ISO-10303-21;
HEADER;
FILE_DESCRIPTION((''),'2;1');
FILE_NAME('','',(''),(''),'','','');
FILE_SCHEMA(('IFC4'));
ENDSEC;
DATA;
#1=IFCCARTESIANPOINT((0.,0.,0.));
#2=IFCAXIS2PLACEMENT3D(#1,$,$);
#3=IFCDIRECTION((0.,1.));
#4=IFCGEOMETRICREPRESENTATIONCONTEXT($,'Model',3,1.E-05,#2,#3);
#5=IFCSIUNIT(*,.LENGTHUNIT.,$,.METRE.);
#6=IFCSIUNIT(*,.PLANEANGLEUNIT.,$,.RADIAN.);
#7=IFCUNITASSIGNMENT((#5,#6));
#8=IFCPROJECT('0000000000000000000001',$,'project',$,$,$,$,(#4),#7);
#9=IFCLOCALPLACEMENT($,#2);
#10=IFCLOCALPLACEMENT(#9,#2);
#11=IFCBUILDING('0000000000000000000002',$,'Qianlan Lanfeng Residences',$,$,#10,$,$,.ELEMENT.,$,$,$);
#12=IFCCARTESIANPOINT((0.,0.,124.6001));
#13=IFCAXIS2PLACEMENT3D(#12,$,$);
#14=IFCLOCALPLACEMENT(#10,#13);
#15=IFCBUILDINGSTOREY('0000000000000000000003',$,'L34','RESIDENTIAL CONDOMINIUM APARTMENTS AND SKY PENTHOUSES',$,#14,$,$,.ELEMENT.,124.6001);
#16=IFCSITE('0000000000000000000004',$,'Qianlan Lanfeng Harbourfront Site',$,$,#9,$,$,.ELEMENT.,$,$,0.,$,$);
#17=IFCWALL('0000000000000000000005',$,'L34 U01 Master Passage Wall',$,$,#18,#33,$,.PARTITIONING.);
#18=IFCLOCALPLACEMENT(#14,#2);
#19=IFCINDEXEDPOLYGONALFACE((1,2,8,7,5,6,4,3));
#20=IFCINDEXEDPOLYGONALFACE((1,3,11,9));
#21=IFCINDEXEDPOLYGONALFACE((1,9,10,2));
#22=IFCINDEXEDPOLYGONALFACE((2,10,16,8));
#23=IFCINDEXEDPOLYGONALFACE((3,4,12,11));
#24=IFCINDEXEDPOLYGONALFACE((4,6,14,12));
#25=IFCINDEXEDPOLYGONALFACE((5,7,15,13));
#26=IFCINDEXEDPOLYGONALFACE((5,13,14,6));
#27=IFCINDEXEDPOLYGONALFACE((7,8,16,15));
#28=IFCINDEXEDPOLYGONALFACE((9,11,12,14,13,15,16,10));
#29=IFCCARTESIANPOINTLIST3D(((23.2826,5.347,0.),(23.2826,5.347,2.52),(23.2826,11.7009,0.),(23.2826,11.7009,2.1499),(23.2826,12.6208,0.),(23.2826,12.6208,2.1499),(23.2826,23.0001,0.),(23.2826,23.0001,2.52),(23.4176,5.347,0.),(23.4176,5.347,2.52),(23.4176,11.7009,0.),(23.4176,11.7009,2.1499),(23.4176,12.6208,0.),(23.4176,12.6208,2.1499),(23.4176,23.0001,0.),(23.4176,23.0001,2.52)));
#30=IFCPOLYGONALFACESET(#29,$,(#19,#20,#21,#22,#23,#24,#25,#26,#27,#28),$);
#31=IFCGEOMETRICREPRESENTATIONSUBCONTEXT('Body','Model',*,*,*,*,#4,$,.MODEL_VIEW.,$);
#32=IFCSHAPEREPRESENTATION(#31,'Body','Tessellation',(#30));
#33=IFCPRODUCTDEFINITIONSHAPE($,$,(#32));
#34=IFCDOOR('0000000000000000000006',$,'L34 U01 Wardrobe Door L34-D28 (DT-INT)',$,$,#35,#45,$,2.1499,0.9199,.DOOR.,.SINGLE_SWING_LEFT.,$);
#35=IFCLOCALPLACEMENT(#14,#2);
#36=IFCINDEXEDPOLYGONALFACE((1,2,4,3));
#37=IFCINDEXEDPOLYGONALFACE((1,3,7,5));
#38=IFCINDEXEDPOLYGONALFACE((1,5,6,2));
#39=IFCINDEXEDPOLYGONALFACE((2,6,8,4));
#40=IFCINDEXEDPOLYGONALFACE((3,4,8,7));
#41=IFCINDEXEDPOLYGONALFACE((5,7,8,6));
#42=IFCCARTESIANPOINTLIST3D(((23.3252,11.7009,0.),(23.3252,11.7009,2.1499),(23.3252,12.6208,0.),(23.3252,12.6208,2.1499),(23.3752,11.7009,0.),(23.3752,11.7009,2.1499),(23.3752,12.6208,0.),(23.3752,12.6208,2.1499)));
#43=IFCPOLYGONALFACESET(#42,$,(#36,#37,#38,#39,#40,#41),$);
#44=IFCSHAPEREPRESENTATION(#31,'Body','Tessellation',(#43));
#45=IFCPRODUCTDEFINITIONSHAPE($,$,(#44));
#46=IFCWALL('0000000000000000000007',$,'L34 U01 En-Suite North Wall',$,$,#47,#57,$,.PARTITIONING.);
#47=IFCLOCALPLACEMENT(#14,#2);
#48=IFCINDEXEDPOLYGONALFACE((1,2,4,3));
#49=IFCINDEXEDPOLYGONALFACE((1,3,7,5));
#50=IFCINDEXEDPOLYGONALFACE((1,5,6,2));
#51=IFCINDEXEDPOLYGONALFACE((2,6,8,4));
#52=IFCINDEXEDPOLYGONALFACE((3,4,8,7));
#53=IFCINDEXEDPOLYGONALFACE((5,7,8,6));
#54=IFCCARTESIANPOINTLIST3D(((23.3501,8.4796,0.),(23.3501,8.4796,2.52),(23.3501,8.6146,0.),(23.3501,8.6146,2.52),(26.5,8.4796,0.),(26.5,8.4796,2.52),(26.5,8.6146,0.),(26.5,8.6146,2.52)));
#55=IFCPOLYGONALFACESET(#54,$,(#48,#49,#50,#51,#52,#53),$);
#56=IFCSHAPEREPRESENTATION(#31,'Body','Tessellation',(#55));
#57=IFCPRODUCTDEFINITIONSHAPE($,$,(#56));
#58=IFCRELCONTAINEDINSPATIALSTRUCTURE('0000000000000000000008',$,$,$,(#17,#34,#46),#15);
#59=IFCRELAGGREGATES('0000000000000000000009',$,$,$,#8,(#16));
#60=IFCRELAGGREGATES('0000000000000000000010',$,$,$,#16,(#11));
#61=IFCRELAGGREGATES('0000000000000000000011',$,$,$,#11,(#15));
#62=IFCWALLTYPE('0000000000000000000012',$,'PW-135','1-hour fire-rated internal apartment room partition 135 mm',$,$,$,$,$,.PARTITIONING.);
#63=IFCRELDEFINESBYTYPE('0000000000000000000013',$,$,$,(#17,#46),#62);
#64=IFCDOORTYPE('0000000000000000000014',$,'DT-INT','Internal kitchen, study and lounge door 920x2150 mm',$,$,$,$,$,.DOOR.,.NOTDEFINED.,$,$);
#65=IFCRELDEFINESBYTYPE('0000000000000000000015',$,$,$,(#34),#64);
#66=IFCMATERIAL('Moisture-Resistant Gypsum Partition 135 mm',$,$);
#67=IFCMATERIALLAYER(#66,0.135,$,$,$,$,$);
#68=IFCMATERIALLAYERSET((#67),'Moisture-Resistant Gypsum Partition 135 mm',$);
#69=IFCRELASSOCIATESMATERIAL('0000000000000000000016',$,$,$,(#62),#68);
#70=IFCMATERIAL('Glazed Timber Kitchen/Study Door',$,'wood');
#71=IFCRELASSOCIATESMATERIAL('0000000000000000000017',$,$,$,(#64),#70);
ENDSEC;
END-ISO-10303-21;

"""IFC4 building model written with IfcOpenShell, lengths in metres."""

from ifc_helpers import new_model, si_unit, direction, frame, frame_2d, origin, place, context, subcontext, project, spatial, rectangle, extrude, material, layer, layer_set, type_object, element, fill, save


model = new_model("IFC4")

# Units and contexts
model_context = context("Model", 3, precision=1e-05, world=origin(), true_north=direction((0.0, 1.0)))
body_context = subcontext(model_context, "Body", "Model", "MODEL_VIEW")
ifc_project = project(units=[si_unit("LENGTHUNIT", "METRE"), si_unit("PLANEANGLEUNIT", "RADIAN")], contexts=[model_context])

# Site, building, storey
site_placement = place(None, origin())
site = spatial("IfcSite", under=ifc_project, at=site_placement, Name="Qianlan Lanfeng Harbourfront Site", CompositionType="ELEMENT", RefElevation=0.0)
building_placement = place(site_placement, origin())
building = spatial("IfcBuilding", under=site, at=building_placement, Name="Qianlan Lanfeng Residences", CompositionType="ELEMENT")
storey_placement = place(building_placement, frame((0.0, 0.0, 124.6001)))
storey = spatial("IfcBuildingStorey", under=building, at=storey_placement, Name="L34", Description="RESIDENTIAL CONDOMINIUM APARTMENTS AND SKY PENTHOUSES", CompositionType="ELEMENT", Elevation=124.6001)

# Wall, opening, door
ifc_material_1 = material(Name="Moisture-Resistant Gypsum Partition 135 mm")
ifc_layer_1 = layer(ifc_material_1, 0.135)
ifc_layer_set_1 = layer_set([ifc_layer_1], Name="Moisture-Resistant Gypsum Partition 135 mm")
wall_type_1 = type_object("IfcWallType", Name="PW-135", Description="1-hour fire-rated internal apartment room partition 135 mm", PredefinedType="PARTITIONING", material=ifc_layer_set_1)
wall_1_placement = place(storey_placement, frame((23.3501, 5.3469, 0.0), z_axis=(0.0, 0.0, 1.0), x_axis=(0.0, 1.0, 0.0)))
wall_1 = element("IfcWall", 1, at=wall_1_placement, inside=storey, type_object=wall_type_1, Name="L34 U01 Master Passage Wall", PredefinedType="PARTITIONING", context=body_context, shape_type="SweptSolid", body=[
    extrude(rectangle(XDim=17.6531, YDim=0.135, at=frame_2d((8.8267, 0.0))), origin(), (0.0, 0.0, 1.0), 2.52),
])
opening_placement = place(wall_1_placement, frame((6.354, 0.0, 0.0)))
opening = element("IfcOpeningElement", 2, at=opening_placement, cuts=wall_1, PredefinedType="OPENING", context=body_context, shape_type="SweptSolid", body=[
    extrude(rectangle(XDim=0.9199, YDim=2.1499, at=frame_2d((0.46, 1.075))), frame((0.0, 0.0776, 0.0), z_axis=(0.0, -1.0, 0.0), x_axis=(1.0, 0.0, 0.0)), (0.0, 0.0, 1.0), 0.155),
])
ifc_material_2 = material(Name="Glazed Timber Kitchen/Study Door", Category="wood")
door_type = type_object("IfcDoorType", Name="DT-INT", Description="Internal kitchen, study and lounge door 920x2150 mm", OperationType="NOTDEFINED", PredefinedType="DOOR", material=ifc_material_2)
door_placement = place(opening_placement, origin())
door = element("IfcDoor", 3, at=door_placement, inside=storey, type_object=door_type, Name="L34 U01 Wardrobe Door L34-D28 (DT-INT)", OperationType="SINGLE_SWING_LEFT", OverallHeight=2.1499, OverallWidth=0.9199, PredefinedType="DOOR", context=body_context, shape_type="SweptSolid", body=[
    extrude(rectangle(XDim=0.9199, YDim=2.1499, at=frame_2d((0.46, 1.075))), frame((0.0, 0.0249, 0.0), z_axis=(0.0, -1.0, 0.0), x_axis=(1.0, 0.0, 0.0)), (0.0, 0.0, 1.0), 0.05),
])
fill(opening, door)

# Wall
wall_2_placement = place(storey_placement, frame((23.3501, 8.5471, 0.0), z_axis=(0.0, 0.0, 1.0), x_axis=(1.0, 0.0, 0.0)))
element("IfcWall", 4, at=wall_2_placement, inside=storey, type_object=wall_type_1, Name="L34 U01 En-Suite North Wall", PredefinedType="PARTITIONING", context=body_context, shape_type="SweptSolid", body=[
    extrude(rectangle(XDim=3.1499, YDim=0.135, at=frame_2d((1.575, 0.0))), origin(), (0.0, 0.0, 1.0), 2.52),
])

save(model, "model.ifc")
